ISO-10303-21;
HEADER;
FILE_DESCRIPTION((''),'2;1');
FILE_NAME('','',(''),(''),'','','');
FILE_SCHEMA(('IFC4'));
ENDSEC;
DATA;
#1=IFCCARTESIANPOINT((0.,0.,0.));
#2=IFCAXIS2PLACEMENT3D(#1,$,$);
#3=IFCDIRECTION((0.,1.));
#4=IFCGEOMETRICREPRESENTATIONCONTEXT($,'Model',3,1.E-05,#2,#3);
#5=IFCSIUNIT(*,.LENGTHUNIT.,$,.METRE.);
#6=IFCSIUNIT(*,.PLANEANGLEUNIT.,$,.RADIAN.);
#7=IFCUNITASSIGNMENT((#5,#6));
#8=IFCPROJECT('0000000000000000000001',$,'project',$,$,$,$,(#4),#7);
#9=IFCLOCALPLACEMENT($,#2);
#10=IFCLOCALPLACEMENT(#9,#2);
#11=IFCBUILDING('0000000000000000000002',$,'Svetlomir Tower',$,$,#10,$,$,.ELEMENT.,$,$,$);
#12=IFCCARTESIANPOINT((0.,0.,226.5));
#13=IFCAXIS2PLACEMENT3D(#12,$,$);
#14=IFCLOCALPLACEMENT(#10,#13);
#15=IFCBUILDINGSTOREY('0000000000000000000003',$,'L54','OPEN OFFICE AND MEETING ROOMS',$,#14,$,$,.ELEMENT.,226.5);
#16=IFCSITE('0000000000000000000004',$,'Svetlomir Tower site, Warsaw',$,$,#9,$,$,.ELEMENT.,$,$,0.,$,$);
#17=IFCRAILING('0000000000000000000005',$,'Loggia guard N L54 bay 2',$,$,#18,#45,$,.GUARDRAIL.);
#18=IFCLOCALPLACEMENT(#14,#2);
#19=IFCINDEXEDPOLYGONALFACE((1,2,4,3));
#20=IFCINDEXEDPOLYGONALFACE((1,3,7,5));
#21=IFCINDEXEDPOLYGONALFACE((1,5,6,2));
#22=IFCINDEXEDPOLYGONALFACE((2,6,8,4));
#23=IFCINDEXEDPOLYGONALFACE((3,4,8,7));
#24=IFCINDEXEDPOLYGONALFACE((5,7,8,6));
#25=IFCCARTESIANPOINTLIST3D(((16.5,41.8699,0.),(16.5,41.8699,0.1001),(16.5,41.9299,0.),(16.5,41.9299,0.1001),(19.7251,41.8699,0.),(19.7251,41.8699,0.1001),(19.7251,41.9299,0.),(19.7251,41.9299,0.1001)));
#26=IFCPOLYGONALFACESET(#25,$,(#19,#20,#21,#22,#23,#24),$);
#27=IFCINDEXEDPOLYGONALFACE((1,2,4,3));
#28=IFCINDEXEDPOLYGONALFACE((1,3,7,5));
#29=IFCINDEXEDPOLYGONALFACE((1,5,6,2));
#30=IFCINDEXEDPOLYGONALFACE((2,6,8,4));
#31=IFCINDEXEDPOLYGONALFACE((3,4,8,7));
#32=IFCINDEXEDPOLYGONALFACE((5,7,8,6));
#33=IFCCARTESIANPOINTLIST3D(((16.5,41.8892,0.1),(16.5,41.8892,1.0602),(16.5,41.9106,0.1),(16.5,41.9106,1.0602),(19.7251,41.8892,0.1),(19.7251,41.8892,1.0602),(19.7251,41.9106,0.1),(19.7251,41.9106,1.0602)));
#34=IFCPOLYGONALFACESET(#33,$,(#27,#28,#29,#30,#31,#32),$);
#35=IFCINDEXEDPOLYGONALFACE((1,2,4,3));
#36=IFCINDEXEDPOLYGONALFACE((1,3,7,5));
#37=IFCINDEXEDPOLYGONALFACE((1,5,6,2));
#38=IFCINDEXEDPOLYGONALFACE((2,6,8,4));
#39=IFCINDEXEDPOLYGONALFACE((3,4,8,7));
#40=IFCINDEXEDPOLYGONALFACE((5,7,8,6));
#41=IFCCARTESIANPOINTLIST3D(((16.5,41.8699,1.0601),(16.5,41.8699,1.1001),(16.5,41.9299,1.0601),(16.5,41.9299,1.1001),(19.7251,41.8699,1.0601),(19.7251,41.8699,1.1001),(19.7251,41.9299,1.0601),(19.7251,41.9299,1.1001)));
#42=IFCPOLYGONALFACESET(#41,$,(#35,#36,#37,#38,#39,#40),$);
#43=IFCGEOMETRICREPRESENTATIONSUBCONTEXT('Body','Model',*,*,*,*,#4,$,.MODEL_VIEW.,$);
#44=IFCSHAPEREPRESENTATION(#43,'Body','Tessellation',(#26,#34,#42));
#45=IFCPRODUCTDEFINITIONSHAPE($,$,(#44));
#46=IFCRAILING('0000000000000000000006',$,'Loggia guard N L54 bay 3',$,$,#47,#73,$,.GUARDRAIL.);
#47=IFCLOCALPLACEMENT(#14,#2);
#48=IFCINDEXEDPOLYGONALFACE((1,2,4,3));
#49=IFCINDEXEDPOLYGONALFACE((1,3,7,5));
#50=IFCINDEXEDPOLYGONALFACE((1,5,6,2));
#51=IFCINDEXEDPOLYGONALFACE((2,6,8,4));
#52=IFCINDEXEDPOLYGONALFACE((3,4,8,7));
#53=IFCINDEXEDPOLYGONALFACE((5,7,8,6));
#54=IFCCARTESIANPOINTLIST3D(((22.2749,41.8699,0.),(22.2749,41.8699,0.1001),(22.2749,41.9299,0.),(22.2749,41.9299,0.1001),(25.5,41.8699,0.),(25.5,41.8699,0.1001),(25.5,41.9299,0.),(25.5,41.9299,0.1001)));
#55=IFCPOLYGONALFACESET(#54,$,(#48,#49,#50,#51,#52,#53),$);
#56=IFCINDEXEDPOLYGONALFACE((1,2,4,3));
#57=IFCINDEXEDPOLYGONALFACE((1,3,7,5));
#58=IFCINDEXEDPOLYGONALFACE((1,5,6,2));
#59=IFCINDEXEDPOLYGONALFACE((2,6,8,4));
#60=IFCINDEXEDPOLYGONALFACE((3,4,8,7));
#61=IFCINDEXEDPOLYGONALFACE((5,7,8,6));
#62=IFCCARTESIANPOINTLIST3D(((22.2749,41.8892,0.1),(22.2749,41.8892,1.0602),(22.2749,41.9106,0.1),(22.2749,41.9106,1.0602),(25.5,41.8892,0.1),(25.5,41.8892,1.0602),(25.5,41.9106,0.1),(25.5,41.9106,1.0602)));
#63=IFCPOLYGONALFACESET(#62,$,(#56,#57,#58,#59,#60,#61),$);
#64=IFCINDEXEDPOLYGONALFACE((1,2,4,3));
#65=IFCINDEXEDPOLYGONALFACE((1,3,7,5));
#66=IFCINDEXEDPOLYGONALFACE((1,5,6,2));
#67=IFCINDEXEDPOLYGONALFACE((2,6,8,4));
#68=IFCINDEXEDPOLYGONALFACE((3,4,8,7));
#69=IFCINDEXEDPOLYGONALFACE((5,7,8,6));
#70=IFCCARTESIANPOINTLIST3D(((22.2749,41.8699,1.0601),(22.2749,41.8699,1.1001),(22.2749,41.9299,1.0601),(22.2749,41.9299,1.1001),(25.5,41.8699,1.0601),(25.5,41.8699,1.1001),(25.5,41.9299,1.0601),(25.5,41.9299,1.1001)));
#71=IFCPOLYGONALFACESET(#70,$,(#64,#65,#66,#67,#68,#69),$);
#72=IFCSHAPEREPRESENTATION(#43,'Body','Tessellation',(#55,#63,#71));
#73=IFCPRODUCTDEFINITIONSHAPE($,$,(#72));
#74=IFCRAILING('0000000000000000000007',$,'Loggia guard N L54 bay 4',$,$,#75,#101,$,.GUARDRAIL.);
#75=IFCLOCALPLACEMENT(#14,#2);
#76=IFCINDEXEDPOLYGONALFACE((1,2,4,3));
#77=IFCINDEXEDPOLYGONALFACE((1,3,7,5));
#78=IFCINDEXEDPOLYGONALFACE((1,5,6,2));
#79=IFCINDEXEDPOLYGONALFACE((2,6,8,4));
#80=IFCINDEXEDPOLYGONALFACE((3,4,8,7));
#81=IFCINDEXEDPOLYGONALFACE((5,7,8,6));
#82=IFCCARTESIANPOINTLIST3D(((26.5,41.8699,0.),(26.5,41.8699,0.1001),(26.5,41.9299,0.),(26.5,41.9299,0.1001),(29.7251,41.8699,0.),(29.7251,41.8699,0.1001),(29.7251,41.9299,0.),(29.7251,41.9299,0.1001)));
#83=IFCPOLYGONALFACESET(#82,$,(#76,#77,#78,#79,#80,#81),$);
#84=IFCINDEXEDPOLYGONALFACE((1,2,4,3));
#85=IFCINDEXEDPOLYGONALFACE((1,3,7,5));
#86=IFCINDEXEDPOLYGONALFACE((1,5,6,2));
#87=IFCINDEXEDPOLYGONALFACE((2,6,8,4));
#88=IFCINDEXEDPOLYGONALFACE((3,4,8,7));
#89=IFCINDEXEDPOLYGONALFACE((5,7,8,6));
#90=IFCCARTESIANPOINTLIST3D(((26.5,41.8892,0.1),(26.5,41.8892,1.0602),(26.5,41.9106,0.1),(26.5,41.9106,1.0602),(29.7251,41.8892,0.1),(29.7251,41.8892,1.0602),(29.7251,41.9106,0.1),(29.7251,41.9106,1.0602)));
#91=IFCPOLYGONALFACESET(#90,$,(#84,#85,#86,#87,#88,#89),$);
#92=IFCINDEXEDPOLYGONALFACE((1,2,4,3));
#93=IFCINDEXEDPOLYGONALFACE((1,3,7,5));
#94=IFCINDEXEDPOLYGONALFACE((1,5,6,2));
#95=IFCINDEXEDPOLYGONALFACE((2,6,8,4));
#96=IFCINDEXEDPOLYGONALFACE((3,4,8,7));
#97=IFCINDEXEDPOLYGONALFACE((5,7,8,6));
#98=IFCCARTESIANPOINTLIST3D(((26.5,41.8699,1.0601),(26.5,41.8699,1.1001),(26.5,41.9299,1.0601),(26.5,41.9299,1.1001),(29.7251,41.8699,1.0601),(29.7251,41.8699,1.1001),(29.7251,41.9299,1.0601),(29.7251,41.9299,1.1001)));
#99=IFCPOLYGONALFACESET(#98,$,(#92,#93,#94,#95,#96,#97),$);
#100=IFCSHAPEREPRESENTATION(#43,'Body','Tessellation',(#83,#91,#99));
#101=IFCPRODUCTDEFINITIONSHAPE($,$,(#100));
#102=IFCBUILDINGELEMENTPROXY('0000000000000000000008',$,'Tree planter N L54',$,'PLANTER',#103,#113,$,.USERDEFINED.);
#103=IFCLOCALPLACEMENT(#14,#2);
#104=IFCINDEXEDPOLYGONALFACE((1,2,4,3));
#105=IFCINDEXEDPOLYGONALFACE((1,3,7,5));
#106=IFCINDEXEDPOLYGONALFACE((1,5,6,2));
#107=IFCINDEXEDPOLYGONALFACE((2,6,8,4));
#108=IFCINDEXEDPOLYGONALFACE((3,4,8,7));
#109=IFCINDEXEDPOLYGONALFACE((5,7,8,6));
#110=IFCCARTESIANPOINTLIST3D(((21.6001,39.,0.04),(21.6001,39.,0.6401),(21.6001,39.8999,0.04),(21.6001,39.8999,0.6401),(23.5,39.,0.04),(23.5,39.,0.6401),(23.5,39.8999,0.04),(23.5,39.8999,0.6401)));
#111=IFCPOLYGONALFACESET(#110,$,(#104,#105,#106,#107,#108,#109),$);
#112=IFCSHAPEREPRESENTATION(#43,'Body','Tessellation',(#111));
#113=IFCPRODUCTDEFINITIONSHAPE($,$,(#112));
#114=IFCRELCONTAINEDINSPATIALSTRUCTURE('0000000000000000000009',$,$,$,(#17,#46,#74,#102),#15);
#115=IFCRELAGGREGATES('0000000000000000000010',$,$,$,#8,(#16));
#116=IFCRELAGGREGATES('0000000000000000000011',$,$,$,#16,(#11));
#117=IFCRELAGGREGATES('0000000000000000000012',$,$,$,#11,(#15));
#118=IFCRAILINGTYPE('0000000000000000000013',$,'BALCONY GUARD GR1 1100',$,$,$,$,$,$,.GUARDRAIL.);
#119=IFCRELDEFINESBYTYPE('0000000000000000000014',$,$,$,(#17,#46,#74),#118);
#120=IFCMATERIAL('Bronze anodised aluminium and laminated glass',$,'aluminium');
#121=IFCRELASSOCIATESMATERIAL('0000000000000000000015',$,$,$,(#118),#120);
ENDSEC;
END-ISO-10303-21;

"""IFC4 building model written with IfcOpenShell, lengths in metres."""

from ifc_helpers import new_model, si_unit, direction, frame, origin, origin_2d, place, context, subcontext, project, spatial, rectangle, extrude, material, type_object, element, save


model = new_model("IFC4")

# Units and contexts
model_context = context("Model", 3, precision=1e-05, world=origin(), true_north=direction((0.0, 1.0)))
body_context = subcontext(model_context, "Body", "Model", "MODEL_VIEW")
ifc_project = project(units=[si_unit("LENGTHUNIT", "METRE"), si_unit("PLANEANGLEUNIT", "RADIAN")], contexts=[model_context])

# Site, building, storey
site_placement = place(None, origin())
site = spatial("IfcSite", under=ifc_project, at=site_placement, Name="Svetlomir Tower site, Warsaw", CompositionType="ELEMENT", RefElevation=0.0)
building_placement = place(site_placement, origin())
building = spatial("IfcBuilding", under=site, at=building_placement, Name="Svetlomir Tower", CompositionType="ELEMENT")
storey_placement = place(building_placement, frame((0.0, 0.0, 226.5)))
storey = spatial("IfcBuildingStorey", under=building, at=storey_placement, Name="L54", Description="OPEN OFFICE AND MEETING ROOMS", CompositionType="ELEMENT", Elevation=226.5)

# Railings
ifc_material_1 = material(Name="Bronze anodised aluminium and laminated glass", Category="aluminium")
railing_type = type_object("IfcRailingType", Name="BALCONY GUARD GR1 1100", PredefinedType="GUARDRAIL", material=ifc_material_1)
for number, where, name in (
    (1, (16.5, 41.8999, 0.0), "Loggia guard N L54 bay 2"),
    (2, (22.2749, 41.8999, 0.0), "Loggia guard N L54 bay 3"),
    (3, (26.5, 41.8999, 0.0), "Loggia guard N L54 bay 4"),
):
    element("IfcRailing", number, at=place(storey_placement, frame(where)), inside=storey, type_object=railing_type, Name=name, PredefinedType="GUARDRAIL", context=body_context, shape_type="SweptSolid", body=[
        extrude(rectangle(XDim=0.0601, YDim=0.1001, at=origin_2d()), frame((0.0, 0.0, 0.05), z_axis=(1.0, 0.0, 0.0), x_axis=(0.0, 1.0, 0.0)), (0.0, 0.0, 1.0), 3.2251),
        extrude(rectangle(XDim=0.0215, YDim=0.9602, at=origin_2d()), frame((0.0, 0.0, 0.5801), z_axis=(1.0, 0.0, 0.0), x_axis=(0.0, 1.0, 0.0)), (0.0, 0.0, 1.0), 3.2251),
        extrude(rectangle(XDim=0.0601, YDim=0.04, at=origin_2d()), frame((0.0, 0.0, 1.0801), z_axis=(1.0, 0.0, 0.0), x_axis=(0.0, 1.0, 0.0)), (0.0, 0.0, 1.0), 3.2251),
    ])

# Building element proxy
proxy_placement = place(storey_placement, frame((22.55, 39.45, 0.04), z_axis=(0.0, 0.0, 1.0), x_axis=(1.0, 0.0, 0.0)))
element("IfcBuildingElementProxy", 4, at=proxy_placement, inside=storey, Name="Tree planter N L54", ObjectType="PLANTER", PredefinedType="USERDEFINED", context=body_context, shape_type="SweptSolid", body=[
    extrude(rectangle(XDim=1.8999, YDim=0.8999, at=origin_2d()), origin(), (0.0, 0.0, 1.0), 0.6001),
])

save(model, "model.ifc")
